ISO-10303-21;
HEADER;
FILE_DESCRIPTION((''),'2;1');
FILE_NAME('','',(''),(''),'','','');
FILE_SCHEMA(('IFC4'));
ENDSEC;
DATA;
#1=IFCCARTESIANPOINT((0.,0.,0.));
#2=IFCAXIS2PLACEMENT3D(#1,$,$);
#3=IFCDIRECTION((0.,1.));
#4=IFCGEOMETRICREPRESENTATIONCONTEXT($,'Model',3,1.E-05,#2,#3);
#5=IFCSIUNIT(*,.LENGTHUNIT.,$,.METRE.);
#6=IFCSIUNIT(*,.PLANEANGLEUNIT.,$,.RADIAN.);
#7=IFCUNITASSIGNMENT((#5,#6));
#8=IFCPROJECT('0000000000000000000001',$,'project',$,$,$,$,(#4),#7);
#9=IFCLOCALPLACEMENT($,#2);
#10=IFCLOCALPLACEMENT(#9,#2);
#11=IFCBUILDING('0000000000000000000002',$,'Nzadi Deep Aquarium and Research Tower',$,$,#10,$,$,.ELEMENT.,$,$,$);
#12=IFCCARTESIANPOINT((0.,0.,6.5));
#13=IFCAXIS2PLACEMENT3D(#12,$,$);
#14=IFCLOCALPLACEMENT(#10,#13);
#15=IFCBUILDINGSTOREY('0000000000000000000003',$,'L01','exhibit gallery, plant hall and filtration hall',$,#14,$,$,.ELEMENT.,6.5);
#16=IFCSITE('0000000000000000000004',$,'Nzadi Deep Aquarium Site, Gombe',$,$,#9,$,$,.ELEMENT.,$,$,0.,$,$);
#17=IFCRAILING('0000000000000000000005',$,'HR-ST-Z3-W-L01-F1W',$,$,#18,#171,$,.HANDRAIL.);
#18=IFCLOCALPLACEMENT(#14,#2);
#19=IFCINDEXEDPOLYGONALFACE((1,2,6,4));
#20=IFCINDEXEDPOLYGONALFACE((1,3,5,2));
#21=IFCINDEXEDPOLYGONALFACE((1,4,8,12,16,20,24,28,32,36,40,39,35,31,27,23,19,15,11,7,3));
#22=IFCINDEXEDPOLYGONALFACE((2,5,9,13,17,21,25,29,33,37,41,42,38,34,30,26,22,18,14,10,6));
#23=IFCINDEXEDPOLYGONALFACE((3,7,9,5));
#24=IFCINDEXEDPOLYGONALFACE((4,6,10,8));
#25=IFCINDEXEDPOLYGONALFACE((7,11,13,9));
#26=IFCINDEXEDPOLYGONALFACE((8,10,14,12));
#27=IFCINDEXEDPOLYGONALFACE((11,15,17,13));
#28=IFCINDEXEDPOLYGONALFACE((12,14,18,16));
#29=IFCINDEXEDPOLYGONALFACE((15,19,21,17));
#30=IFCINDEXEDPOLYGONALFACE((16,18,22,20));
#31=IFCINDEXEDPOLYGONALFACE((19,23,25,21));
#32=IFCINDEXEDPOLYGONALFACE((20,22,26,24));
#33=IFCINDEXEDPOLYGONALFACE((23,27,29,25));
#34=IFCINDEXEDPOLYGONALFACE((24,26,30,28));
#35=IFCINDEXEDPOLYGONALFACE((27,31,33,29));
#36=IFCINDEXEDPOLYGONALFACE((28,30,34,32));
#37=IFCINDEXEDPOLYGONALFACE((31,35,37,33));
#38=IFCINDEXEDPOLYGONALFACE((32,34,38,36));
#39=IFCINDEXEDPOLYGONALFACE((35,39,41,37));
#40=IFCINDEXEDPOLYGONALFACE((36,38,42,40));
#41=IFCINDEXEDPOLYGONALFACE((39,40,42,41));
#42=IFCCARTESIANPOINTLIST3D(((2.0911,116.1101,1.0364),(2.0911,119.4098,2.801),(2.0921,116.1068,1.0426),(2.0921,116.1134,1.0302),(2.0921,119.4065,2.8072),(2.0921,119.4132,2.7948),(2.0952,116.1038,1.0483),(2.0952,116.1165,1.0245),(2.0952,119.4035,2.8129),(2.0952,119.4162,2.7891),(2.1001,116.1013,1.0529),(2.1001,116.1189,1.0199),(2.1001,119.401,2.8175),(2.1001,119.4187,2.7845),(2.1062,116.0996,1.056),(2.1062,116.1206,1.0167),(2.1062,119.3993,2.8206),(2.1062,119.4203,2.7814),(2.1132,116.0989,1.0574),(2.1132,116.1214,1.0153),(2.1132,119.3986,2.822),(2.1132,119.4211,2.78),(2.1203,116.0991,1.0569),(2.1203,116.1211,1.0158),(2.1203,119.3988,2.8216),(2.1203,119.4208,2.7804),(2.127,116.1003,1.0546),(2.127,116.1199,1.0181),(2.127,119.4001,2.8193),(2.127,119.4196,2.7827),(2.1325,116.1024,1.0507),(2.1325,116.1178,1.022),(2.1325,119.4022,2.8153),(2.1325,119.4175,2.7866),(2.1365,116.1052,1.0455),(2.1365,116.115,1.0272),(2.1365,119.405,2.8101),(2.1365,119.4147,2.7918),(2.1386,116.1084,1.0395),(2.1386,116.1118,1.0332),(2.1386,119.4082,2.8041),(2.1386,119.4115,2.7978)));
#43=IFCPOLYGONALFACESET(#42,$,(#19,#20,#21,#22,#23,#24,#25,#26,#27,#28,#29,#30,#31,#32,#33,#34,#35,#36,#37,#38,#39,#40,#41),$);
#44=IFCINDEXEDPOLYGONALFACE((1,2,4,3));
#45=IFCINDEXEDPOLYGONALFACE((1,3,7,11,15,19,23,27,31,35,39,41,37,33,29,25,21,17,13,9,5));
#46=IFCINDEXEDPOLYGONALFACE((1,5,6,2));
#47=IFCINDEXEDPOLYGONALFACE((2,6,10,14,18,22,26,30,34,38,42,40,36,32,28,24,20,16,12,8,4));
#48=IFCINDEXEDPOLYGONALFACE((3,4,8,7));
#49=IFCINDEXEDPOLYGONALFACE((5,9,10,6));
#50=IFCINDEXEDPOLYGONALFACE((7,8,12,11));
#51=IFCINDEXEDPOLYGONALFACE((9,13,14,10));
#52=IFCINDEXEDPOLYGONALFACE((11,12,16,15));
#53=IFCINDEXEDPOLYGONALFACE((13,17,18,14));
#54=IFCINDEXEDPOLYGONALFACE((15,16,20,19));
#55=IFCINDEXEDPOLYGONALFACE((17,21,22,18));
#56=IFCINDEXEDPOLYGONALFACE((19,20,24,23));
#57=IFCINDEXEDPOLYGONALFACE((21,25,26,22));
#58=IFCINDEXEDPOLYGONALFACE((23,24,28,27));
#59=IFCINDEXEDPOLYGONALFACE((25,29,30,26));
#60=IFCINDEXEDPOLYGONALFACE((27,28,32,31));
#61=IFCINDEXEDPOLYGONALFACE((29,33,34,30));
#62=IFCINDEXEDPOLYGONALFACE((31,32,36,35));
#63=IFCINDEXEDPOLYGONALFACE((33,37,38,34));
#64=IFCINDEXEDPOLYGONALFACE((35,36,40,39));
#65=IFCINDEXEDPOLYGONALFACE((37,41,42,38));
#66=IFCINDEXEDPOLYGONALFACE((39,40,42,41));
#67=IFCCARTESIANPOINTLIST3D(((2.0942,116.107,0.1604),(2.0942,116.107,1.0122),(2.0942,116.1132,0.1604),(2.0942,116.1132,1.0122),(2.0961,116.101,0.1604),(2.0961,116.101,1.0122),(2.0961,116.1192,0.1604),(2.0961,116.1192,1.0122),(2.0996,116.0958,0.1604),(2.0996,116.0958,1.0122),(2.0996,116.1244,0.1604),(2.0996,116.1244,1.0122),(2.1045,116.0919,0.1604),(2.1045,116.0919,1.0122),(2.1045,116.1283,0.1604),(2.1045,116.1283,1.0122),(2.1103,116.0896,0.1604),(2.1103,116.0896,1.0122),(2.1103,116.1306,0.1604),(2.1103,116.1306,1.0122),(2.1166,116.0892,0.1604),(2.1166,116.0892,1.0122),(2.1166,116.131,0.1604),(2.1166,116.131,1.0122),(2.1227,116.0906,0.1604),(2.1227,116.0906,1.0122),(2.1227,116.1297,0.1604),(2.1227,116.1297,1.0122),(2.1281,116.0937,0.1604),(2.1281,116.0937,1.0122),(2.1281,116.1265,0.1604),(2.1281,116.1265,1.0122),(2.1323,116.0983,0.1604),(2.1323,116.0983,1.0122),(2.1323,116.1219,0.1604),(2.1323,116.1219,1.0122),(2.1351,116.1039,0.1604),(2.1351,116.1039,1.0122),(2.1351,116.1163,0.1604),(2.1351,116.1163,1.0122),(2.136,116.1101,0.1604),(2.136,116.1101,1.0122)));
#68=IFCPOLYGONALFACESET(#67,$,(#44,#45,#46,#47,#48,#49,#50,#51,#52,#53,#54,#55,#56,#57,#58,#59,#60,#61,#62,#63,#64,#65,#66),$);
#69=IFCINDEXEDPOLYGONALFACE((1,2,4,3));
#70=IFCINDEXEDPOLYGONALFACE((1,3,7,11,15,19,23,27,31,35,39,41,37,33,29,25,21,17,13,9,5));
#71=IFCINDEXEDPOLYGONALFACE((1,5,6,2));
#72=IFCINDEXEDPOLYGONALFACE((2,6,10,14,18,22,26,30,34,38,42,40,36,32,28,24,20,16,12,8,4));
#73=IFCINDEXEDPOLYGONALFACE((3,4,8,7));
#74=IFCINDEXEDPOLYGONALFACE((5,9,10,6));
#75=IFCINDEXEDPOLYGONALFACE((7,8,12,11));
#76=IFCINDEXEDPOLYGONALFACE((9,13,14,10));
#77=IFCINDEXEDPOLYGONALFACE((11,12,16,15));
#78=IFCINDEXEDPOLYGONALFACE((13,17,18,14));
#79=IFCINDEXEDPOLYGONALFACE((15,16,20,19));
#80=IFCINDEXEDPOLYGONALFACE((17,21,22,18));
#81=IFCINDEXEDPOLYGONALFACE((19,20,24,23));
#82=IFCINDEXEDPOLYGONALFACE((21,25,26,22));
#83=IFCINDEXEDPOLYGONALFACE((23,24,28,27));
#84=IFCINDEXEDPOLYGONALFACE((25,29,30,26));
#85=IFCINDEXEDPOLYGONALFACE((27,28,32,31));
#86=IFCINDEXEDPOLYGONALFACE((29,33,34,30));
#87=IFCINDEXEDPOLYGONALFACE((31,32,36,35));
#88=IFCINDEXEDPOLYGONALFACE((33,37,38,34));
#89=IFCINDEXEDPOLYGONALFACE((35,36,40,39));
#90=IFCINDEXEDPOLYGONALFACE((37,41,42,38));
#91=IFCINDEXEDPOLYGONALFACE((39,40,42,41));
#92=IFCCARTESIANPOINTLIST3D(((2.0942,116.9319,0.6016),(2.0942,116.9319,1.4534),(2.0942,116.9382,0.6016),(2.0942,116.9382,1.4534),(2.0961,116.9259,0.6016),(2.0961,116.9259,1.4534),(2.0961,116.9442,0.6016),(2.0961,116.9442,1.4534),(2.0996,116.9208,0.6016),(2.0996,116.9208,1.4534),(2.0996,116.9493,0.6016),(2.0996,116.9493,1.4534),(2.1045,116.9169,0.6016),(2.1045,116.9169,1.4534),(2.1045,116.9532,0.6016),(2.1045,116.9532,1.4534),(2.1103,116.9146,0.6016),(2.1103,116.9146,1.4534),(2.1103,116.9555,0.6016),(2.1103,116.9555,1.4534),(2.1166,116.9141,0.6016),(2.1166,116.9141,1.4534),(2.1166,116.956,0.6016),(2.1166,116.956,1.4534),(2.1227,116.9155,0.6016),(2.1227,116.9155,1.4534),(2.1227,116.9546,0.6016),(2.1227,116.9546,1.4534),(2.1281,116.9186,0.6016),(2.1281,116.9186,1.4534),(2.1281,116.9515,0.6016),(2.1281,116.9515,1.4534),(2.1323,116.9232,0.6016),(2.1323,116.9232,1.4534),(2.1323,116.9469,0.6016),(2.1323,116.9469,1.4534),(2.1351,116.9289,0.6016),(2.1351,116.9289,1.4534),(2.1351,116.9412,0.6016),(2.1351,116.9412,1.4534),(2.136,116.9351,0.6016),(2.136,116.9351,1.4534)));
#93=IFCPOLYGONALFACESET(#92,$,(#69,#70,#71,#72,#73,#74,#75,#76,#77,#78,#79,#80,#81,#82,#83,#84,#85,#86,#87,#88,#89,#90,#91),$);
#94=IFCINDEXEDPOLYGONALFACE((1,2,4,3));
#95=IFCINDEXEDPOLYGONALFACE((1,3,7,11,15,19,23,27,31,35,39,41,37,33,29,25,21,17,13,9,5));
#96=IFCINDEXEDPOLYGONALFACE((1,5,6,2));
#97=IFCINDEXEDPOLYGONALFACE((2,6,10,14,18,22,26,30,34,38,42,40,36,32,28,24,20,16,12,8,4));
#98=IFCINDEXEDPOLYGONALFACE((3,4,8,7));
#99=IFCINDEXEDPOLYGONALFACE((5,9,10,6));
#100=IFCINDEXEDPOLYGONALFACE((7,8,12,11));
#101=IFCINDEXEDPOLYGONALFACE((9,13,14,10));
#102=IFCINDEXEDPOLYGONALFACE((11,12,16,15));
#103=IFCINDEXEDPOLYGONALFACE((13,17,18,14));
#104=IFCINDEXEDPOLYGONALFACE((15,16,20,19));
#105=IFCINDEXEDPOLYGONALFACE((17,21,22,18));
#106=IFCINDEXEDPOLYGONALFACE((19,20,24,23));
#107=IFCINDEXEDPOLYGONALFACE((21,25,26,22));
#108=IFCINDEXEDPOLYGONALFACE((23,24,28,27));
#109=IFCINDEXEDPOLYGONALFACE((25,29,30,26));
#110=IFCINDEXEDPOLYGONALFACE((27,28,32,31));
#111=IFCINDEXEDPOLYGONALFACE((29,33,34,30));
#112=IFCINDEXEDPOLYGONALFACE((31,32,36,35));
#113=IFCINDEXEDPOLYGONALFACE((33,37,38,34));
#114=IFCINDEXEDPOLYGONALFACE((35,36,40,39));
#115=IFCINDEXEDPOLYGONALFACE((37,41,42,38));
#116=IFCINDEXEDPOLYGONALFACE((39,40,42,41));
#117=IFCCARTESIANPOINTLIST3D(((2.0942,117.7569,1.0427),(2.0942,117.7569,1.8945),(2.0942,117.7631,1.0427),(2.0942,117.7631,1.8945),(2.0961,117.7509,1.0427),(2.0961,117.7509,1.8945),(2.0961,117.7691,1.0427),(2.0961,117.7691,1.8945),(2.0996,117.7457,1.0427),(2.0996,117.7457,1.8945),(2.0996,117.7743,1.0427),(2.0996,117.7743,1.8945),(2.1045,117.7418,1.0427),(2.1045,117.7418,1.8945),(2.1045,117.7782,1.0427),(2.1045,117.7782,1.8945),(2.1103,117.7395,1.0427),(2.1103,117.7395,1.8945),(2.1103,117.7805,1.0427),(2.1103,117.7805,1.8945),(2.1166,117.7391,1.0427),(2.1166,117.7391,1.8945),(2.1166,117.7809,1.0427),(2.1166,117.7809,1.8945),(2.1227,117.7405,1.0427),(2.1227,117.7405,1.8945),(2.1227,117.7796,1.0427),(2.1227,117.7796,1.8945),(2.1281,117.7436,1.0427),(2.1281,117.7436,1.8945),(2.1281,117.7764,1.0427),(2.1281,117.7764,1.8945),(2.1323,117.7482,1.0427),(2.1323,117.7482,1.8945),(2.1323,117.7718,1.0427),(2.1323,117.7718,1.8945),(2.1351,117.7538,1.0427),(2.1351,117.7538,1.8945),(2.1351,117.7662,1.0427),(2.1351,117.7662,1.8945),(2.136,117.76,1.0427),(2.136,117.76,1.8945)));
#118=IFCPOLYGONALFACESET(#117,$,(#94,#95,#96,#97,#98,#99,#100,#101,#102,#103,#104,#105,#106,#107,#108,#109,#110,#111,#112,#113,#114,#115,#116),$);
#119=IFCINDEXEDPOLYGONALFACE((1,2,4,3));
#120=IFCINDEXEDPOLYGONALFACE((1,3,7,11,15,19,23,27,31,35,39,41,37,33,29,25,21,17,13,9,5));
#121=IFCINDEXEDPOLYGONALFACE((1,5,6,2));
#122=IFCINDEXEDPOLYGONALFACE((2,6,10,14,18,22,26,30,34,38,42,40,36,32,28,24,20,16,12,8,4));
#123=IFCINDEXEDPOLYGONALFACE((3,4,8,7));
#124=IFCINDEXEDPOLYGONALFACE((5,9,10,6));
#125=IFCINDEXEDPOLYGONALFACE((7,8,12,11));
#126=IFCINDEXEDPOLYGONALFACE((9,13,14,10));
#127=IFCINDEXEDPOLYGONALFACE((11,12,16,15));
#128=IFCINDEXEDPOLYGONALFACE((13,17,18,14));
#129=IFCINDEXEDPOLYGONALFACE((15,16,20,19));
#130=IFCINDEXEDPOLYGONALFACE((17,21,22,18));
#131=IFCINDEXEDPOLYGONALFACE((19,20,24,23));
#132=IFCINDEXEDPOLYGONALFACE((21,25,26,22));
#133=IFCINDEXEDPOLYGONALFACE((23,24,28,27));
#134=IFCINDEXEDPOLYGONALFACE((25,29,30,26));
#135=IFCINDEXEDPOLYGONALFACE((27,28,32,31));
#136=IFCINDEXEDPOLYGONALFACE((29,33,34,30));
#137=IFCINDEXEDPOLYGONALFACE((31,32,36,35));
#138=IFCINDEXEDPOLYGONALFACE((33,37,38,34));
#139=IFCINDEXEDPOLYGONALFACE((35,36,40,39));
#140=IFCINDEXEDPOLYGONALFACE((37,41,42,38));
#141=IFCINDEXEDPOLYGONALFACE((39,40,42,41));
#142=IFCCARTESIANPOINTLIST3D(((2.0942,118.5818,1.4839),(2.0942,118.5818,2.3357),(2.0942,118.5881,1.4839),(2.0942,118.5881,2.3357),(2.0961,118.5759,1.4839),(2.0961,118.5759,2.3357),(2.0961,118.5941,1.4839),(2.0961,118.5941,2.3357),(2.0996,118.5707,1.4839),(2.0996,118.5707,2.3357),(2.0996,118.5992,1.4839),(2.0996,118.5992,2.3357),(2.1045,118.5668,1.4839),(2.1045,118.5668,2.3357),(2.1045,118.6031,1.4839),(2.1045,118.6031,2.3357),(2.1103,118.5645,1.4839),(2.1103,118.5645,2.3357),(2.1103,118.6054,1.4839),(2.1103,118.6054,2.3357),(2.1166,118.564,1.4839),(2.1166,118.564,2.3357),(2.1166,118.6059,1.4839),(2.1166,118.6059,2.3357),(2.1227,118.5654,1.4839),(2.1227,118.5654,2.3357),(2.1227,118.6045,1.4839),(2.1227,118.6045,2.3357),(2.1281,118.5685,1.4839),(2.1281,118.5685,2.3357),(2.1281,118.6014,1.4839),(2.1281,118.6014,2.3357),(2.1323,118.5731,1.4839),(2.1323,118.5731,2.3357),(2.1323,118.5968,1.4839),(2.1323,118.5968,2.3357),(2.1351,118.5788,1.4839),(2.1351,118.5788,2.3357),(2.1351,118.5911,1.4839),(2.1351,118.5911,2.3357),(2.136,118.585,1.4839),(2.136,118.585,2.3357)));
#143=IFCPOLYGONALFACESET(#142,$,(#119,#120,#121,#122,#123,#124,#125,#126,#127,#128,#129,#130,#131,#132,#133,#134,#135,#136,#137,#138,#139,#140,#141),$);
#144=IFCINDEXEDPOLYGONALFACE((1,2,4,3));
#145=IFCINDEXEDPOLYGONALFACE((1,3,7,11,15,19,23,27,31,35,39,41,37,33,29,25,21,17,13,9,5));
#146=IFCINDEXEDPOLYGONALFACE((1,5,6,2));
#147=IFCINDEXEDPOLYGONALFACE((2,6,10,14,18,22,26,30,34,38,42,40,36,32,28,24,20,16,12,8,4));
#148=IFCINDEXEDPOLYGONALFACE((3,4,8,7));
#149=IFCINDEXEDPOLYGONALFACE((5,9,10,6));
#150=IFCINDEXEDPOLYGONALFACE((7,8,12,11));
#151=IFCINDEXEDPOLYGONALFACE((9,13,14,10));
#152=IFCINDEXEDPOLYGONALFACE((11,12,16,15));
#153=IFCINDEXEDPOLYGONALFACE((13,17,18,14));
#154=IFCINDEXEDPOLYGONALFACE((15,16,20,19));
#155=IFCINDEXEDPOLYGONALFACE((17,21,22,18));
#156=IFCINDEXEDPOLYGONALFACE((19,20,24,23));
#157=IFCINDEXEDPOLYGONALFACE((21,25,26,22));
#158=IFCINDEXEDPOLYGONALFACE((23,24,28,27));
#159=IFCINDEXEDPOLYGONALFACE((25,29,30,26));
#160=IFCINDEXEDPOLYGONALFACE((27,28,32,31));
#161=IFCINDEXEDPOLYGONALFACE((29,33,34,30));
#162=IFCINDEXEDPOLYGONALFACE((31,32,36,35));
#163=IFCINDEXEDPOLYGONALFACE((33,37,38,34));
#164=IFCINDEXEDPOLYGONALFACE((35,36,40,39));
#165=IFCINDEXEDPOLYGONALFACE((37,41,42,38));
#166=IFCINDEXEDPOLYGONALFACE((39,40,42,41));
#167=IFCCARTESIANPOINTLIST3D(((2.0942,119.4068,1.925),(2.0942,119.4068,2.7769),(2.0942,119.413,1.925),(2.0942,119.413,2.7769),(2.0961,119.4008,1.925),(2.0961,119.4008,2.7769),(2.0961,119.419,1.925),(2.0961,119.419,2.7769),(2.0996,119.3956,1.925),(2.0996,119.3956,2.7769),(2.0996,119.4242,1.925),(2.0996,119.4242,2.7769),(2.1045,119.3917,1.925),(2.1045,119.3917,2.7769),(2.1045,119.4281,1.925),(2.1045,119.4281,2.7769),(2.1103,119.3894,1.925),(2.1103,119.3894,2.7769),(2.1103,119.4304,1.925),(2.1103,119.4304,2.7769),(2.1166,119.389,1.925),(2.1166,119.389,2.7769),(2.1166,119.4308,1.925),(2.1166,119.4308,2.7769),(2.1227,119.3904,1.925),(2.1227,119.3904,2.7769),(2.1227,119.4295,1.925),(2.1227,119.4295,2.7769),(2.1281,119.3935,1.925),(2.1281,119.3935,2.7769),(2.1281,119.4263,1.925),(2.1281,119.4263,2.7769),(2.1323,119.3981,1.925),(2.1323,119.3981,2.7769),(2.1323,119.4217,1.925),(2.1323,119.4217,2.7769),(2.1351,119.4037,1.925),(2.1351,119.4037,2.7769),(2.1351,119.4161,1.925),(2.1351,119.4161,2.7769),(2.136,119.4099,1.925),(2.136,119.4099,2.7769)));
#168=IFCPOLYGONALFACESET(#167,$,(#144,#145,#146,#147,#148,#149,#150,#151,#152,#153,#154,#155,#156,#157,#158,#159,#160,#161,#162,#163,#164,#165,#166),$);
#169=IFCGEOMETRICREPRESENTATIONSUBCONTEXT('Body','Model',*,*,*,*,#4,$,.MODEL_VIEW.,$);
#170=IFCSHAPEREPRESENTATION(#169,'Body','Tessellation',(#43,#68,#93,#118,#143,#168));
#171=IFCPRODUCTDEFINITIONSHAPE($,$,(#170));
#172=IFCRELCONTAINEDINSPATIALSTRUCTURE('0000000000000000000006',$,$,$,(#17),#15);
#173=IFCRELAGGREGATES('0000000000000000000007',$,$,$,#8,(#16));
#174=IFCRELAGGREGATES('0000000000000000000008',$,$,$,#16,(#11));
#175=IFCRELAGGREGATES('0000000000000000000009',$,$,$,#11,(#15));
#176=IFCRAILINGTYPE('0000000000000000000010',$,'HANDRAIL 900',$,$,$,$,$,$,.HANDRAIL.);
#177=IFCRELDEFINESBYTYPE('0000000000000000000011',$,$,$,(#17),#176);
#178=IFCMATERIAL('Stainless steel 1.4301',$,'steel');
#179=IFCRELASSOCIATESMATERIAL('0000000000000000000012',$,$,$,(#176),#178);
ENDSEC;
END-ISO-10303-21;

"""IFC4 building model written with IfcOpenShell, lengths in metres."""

from ifc_helpers import new_model, si_unit, direction, frame, origin, origin_2d, place, context, subcontext, project, spatial, circle, extrude, material, type_object, element, save


model = new_model("IFC4")

# Units and contexts
model_context = context("Model", 3, precision=1e-05, world=origin(), true_north=direction((0.0, 1.0)))
body_context = subcontext(model_context, "Body", "Model", "MODEL_VIEW")
ifc_project = project(units=[si_unit("LENGTHUNIT", "METRE"), si_unit("PLANEANGLEUNIT", "RADIAN")], contexts=[model_context])

# Site, building, storey
site_placement = place(None, origin())
site = spatial("IfcSite", under=ifc_project, at=site_placement, Name="Nzadi Deep Aquarium Site, Gombe", CompositionType="ELEMENT", RefElevation=0.0)
building_placement = place(site_placement, origin())
building = spatial("IfcBuilding", under=site, at=building_placement, Name="Nzadi Deep Aquarium and Research Tower", CompositionType="ELEMENT")
storey_placement = place(building_placement, frame((0.0, 0.0, 6.5)))
storey = spatial("IfcBuildingStorey", under=building, at=storey_placement, Name="L01", Description="exhibit gallery, plant hall and filtration hall", CompositionType="ELEMENT", Elevation=6.5)

# Railing
ifc_material_1 = material(Name="Stainless steel 1.4301", Category="steel")
railing_type = type_object("IfcRailingType", Name="HANDRAIL 900", PredefinedType="HANDRAIL", material=ifc_material_1)
for number, where, name in (
    (1, (2.115, 116.1101, 0.1604), "HR-ST-Z3-W-L01-F1W"),
):
    element("IfcRailing", number, at=place(storey_placement, frame(where)), inside=storey, type_object=railing_type, Name=name, PredefinedType="HANDRAIL", context=body_context, shape_type="SweptSolid", body=[
        extrude(circle(Radius=0.0239, at=origin_2d()), frame((0.0, 0.0, 0.876), z_axis=(0.0, 0.881825, 0.471577), x_axis=(-1.0, 0.0, 0.0)), (0.0, 0.0, 1.0), 3.7419),
        extrude(circle(Radius=0.021, at=origin_2d()), origin(), (0.0, 0.0, 1.0), 0.8518),
        extrude(circle(Radius=0.021, at=origin_2d()), frame((0.0, 0.825, 0.4412)), (0.0, 0.0, 1.0), 0.8518),
        extrude(circle(Radius=0.021, at=origin_2d()), frame((0.0, 1.6499, 0.8823)), (0.0, 0.0, 1.0), 0.8518),
        extrude(circle(Radius=0.021, at=origin_2d()), frame((0.0, 2.4749, 1.3235)), (0.0, 0.0, 1.0), 0.8518),
        extrude(circle(Radius=0.021, at=origin_2d()), frame((0.0, 3.2998, 1.7646)), (0.0, 0.0, 1.0), 0.8518),
    ])

save(model, "model.ifc")
